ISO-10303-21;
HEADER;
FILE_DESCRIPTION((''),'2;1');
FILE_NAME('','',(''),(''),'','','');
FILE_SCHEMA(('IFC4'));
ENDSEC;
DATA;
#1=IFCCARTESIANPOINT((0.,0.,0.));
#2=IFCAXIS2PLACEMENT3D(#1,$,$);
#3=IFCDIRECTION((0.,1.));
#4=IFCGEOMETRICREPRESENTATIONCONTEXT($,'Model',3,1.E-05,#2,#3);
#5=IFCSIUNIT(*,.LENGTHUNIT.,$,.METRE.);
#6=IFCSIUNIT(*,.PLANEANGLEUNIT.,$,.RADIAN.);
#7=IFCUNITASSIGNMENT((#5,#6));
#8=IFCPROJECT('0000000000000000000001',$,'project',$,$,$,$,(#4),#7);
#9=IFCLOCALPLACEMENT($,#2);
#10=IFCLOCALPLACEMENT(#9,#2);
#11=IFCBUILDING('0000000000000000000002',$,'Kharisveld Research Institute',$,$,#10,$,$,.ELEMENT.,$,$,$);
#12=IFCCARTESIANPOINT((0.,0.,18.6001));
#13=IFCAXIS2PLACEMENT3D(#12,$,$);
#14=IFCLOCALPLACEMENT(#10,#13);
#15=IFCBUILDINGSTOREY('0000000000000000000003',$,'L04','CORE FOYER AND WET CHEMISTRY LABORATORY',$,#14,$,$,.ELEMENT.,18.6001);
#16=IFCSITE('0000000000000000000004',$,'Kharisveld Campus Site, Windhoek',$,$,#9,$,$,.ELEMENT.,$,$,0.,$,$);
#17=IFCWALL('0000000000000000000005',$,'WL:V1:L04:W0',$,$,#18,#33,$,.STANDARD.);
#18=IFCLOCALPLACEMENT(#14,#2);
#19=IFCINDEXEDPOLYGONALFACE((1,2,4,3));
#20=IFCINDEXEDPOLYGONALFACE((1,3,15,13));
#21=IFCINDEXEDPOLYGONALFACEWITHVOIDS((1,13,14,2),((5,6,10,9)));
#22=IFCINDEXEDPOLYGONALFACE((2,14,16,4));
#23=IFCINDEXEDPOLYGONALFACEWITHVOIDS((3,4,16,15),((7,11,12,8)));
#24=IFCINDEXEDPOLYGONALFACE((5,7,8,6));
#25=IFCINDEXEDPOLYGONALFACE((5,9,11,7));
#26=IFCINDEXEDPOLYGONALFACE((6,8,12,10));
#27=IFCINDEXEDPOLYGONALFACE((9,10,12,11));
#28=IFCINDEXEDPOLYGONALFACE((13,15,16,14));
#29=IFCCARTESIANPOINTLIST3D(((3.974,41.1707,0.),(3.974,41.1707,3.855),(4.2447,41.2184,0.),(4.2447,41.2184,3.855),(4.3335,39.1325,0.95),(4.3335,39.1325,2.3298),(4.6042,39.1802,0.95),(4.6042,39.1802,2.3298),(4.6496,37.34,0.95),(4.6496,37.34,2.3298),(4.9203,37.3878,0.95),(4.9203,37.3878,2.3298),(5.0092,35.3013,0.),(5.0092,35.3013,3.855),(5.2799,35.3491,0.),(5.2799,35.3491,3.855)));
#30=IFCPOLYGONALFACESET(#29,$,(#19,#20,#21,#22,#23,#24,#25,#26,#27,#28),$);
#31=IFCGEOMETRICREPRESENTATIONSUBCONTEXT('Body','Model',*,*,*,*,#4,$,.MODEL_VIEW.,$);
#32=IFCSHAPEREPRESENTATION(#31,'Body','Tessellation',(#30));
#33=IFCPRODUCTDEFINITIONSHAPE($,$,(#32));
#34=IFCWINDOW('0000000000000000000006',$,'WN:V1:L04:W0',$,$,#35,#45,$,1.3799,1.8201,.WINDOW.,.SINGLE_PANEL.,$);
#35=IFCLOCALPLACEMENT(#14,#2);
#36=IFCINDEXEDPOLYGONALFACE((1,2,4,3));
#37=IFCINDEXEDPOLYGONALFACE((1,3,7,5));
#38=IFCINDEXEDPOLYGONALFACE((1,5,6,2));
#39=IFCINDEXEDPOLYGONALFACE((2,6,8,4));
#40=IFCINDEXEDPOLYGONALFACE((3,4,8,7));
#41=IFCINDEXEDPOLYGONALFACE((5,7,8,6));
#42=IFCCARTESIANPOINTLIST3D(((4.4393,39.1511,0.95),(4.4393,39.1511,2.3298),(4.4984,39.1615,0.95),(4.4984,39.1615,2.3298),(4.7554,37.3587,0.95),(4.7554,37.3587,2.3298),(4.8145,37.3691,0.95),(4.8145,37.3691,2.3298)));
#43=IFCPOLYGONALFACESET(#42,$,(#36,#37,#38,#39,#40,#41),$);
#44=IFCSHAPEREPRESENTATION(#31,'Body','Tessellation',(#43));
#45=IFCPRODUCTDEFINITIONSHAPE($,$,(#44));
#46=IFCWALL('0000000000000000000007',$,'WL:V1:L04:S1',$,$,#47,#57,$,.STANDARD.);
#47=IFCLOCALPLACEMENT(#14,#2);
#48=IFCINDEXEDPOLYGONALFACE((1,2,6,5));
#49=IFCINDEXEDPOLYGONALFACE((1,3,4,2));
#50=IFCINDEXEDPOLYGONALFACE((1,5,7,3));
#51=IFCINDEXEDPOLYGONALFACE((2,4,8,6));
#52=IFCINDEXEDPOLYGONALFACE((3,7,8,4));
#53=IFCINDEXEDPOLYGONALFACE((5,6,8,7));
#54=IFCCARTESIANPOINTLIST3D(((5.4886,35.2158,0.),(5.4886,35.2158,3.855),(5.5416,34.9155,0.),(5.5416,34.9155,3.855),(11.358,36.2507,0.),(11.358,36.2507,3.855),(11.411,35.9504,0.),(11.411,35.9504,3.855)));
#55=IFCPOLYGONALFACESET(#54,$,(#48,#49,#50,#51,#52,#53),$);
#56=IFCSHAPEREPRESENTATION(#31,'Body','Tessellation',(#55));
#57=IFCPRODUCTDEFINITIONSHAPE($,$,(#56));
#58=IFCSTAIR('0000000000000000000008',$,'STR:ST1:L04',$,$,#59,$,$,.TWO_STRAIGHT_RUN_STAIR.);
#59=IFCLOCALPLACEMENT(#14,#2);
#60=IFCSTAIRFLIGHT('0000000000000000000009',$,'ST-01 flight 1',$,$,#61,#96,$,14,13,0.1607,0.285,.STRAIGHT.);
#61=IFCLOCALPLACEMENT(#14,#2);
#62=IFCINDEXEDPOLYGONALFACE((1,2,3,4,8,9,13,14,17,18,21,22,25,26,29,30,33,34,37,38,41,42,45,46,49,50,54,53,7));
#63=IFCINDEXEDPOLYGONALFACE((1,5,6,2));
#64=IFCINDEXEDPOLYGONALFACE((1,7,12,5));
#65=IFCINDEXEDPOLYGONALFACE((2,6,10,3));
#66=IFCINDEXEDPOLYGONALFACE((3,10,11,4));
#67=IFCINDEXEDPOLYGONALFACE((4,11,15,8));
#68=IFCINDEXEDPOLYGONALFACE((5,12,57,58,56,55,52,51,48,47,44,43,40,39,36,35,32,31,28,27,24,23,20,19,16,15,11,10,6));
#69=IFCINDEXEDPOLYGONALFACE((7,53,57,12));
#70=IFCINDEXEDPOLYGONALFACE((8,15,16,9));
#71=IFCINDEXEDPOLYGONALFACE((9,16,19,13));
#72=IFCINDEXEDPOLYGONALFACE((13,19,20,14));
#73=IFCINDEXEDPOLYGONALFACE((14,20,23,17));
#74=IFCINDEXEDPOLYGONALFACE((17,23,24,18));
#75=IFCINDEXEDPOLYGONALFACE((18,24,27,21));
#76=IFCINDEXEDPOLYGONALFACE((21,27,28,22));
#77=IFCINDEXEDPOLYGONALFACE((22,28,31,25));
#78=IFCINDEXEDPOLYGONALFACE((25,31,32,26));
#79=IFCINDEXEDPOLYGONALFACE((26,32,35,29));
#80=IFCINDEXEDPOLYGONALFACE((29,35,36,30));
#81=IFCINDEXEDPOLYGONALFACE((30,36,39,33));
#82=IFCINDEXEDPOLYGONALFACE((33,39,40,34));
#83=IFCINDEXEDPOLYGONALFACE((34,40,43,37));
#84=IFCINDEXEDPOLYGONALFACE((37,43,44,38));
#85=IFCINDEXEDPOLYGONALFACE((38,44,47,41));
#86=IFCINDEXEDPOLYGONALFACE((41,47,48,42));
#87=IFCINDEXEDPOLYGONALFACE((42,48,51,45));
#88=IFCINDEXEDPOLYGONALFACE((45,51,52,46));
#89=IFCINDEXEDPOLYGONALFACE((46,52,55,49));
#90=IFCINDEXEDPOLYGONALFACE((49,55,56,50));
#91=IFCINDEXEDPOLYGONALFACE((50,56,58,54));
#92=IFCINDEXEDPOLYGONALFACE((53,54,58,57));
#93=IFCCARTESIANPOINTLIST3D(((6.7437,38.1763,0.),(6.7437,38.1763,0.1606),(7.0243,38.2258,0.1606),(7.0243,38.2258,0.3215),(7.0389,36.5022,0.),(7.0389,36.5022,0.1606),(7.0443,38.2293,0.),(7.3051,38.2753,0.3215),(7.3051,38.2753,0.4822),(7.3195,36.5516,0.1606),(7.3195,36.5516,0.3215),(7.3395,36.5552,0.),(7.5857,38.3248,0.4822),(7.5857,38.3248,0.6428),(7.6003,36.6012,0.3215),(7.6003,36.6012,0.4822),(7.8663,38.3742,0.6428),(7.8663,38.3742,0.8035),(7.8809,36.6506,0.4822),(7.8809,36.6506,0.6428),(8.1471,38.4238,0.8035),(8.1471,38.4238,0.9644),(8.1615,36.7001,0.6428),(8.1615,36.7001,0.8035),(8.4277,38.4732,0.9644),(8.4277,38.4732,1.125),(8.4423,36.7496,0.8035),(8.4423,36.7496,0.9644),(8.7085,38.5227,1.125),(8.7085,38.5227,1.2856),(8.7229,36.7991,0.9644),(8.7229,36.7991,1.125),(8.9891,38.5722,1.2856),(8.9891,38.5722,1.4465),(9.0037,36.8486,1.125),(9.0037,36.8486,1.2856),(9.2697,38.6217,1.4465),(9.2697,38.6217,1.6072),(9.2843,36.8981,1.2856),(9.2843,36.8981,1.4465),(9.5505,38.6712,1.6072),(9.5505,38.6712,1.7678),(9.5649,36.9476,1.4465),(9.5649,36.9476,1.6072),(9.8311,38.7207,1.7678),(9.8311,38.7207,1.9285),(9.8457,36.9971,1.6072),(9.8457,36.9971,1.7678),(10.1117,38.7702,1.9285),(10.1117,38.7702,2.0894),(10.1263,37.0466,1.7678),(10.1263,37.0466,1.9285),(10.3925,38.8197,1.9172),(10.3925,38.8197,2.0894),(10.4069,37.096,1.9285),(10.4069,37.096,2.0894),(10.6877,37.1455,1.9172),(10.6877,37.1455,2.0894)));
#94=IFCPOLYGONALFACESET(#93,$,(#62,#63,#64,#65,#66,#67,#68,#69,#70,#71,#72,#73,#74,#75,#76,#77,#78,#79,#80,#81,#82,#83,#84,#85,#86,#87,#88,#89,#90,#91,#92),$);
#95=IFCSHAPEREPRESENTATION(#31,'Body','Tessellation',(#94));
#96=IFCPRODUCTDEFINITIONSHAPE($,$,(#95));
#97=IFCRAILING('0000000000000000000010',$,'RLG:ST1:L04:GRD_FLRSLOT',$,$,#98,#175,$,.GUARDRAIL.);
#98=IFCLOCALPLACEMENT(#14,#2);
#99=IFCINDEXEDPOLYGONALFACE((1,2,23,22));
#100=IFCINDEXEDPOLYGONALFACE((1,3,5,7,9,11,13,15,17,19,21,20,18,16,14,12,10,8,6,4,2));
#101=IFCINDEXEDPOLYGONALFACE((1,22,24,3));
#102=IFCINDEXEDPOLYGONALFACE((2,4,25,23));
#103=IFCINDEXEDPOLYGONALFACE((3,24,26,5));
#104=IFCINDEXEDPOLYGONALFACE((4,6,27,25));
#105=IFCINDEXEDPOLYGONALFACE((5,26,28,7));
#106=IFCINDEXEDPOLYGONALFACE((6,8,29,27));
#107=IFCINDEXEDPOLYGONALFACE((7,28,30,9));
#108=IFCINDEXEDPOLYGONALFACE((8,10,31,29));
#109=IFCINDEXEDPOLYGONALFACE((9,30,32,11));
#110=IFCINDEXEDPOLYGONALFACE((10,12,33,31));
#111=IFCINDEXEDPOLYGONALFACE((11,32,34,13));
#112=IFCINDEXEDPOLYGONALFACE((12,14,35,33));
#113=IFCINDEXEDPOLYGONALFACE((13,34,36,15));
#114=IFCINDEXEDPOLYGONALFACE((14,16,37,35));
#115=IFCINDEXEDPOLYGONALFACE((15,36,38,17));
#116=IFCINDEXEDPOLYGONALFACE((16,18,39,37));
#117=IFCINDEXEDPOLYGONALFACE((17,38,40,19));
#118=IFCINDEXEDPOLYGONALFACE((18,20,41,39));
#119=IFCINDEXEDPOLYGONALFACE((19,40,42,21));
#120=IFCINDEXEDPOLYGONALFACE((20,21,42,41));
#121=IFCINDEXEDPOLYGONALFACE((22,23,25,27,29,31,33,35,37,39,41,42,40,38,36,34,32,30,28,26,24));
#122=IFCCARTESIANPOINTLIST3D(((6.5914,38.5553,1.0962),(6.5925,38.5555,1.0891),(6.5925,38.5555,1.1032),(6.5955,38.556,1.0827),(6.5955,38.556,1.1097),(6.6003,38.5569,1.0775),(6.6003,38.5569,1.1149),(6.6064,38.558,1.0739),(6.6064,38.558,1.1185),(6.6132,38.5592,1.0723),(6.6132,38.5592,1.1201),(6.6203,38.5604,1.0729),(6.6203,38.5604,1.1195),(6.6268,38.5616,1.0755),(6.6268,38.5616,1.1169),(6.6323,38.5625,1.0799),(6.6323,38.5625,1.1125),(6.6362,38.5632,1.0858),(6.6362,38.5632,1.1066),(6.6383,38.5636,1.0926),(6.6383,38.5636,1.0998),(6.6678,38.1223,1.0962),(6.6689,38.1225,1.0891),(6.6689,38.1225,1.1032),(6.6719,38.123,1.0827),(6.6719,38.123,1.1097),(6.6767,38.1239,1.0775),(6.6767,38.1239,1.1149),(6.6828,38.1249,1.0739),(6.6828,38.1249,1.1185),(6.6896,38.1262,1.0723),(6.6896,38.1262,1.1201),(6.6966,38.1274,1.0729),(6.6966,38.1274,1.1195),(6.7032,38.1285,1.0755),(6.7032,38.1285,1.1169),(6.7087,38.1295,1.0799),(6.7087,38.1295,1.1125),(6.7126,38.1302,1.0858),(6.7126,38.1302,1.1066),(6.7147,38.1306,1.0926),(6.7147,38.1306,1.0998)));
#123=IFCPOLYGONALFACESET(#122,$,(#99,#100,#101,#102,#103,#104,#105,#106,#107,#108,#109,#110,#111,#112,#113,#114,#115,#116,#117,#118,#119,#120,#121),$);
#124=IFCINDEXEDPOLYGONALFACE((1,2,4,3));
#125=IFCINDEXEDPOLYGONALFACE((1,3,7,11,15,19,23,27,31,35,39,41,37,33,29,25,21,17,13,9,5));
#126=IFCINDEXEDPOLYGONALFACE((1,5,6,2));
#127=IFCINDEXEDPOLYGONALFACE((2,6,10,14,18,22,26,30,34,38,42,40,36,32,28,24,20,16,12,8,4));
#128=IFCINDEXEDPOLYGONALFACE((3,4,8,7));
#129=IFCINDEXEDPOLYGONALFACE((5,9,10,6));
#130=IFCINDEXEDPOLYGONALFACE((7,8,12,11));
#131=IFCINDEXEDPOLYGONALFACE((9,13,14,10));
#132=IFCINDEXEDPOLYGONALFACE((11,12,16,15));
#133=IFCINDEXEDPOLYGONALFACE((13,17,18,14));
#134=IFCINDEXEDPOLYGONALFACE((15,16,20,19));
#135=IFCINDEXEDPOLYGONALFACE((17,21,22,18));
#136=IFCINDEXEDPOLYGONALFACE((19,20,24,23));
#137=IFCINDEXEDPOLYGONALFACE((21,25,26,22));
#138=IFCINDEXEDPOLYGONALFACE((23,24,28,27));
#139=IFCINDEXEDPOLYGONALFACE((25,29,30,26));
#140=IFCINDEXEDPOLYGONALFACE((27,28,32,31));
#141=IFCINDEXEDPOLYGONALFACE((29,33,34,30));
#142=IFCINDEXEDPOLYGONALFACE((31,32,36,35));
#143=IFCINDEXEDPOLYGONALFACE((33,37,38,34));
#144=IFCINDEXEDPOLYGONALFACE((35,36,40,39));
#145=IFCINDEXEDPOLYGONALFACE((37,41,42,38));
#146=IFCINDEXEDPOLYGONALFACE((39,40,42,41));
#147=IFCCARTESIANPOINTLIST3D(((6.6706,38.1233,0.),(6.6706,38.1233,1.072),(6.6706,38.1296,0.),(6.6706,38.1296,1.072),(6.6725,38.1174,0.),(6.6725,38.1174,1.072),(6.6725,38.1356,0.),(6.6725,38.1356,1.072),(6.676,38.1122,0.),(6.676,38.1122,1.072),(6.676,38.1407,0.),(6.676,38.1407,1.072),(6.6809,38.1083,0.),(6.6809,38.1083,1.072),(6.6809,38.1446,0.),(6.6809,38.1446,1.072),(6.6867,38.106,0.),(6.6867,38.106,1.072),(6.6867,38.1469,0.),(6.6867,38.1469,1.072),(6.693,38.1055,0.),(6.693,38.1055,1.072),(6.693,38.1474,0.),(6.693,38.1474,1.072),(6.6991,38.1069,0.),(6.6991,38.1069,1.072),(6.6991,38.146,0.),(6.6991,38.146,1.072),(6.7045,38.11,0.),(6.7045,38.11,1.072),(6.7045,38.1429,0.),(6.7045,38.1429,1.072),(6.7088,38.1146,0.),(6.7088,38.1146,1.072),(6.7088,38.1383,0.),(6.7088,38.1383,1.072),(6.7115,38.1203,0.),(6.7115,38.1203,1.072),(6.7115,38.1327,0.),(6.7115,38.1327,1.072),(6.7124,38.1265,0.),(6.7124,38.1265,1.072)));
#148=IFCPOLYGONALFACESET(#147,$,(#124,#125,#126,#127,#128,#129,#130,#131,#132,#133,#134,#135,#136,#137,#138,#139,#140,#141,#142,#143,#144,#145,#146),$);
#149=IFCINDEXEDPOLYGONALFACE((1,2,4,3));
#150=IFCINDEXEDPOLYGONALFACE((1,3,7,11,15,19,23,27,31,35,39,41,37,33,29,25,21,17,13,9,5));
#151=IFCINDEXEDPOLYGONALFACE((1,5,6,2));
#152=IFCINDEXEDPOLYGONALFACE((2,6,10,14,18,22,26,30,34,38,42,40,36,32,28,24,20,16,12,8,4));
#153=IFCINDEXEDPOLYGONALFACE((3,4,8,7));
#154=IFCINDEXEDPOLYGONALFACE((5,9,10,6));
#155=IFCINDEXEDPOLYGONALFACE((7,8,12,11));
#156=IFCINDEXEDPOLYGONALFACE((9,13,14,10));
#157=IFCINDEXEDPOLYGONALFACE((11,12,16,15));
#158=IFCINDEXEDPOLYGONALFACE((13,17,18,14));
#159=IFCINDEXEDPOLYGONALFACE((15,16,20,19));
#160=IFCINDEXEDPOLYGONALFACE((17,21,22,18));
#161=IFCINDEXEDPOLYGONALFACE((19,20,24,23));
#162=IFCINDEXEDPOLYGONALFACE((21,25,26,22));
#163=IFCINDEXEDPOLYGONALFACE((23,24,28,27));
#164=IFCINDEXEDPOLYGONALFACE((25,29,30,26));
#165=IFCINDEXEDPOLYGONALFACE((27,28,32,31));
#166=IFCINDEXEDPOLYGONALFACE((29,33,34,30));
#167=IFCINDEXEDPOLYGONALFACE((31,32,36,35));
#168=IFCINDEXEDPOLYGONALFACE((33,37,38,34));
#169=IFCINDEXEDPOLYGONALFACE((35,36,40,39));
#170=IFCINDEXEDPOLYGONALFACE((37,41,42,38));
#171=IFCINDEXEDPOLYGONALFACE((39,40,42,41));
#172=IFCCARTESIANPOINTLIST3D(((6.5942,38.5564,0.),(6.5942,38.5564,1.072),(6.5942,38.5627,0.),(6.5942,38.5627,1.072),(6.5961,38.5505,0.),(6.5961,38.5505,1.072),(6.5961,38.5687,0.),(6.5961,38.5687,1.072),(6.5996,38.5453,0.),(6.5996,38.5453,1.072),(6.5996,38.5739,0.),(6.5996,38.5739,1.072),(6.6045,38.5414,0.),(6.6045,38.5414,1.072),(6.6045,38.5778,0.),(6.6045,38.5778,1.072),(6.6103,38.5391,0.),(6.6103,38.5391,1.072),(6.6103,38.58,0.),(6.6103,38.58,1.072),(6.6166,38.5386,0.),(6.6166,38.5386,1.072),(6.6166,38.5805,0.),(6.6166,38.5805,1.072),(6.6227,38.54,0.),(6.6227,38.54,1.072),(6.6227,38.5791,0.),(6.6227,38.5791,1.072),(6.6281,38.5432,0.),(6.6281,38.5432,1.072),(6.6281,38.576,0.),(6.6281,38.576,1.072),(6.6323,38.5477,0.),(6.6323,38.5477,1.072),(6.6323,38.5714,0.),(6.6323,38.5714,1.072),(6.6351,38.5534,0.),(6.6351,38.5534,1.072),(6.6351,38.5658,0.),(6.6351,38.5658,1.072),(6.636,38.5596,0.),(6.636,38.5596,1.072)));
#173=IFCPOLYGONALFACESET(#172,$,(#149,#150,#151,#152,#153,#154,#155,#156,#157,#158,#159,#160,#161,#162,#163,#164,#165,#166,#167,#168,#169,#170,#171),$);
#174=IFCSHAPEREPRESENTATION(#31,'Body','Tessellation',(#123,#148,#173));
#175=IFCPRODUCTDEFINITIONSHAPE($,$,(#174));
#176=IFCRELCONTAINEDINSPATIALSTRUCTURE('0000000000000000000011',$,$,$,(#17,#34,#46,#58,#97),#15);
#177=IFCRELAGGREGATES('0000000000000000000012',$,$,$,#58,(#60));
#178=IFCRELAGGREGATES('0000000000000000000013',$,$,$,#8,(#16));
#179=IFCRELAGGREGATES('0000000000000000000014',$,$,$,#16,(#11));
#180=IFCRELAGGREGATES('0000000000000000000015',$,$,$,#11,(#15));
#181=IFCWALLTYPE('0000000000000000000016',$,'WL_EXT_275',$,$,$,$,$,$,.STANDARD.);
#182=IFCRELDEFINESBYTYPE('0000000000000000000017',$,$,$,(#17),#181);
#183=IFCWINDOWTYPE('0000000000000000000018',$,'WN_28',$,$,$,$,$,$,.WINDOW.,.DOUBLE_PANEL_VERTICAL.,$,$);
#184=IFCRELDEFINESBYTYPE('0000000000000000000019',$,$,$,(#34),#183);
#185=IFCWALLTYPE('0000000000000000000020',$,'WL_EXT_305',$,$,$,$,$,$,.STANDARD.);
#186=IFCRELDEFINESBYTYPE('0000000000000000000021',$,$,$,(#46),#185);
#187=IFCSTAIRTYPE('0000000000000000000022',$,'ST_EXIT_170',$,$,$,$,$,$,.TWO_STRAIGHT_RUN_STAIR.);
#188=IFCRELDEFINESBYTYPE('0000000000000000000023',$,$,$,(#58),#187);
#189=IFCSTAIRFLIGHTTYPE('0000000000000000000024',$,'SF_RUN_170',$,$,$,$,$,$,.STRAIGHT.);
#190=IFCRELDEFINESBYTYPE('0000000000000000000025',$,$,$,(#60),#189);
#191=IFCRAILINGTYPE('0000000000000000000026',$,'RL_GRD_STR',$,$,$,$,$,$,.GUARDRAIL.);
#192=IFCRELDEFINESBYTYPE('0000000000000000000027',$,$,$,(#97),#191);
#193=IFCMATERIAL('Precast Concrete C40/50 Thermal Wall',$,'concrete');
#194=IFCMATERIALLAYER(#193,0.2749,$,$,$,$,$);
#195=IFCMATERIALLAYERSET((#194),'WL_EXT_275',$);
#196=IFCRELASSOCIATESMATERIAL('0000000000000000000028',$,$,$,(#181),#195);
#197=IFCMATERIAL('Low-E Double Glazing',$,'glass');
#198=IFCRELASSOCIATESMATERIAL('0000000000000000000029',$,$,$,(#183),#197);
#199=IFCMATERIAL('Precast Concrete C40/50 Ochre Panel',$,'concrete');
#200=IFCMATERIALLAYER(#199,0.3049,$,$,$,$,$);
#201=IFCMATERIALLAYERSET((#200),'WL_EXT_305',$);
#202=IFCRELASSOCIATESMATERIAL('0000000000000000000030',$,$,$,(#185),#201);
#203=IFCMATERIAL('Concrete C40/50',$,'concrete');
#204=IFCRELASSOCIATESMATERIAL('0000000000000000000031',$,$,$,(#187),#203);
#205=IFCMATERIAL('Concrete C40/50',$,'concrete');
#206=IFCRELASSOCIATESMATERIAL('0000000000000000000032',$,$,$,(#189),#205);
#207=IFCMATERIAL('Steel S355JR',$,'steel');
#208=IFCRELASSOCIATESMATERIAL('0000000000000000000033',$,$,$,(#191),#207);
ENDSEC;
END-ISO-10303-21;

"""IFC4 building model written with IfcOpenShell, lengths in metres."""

from ifc_helpers import new_model, si_unit, direction, frame, frame_2d, origin, origin_2d, place, context, subcontext, project, spatial, polyline, rectangle, circle, outline, extrude, material, layer, layer_set, type_object, element, fill, aggregate, save


model = new_model("IFC4")

# Units and contexts
model_context = context("Model", 3, precision=1e-05, world=origin(), true_north=direction((0.0, 1.0)))
body_context = subcontext(model_context, "Body", "Model", "MODEL_VIEW")
ifc_project = project(units=[si_unit("LENGTHUNIT", "METRE"), si_unit("PLANEANGLEUNIT", "RADIAN")], contexts=[model_context])

# Site, building, storey
site_placement = place(None, origin())
site = spatial("IfcSite", under=ifc_project, at=site_placement, Name="Kharisveld Campus Site, Windhoek", CompositionType="ELEMENT", RefElevation=0.0)
building_placement = place(site_placement, origin())
building = spatial("IfcBuilding", under=site, at=building_placement, Name="Kharisveld Research Institute", CompositionType="ELEMENT")
storey_placement = place(building_placement, frame((0.0, 0.0, 18.6001)))
storey = spatial("IfcBuildingStorey", under=building, at=storey_placement, Name="L04", Description="CORE FOYER AND WET CHEMISTRY LABORATORY", CompositionType="ELEMENT", Elevation=18.6001)

# Wall, opening, window
ifc_material_1 = material(Name="Precast Concrete C40/50 Thermal Wall", Category="concrete")
ifc_layer_1 = layer(ifc_material_1, 0.2749)
ifc_layer_set_1 = layer_set([ifc_layer_1], Name="WL_EXT_275")
wall_type_1 = type_object("IfcWallType", Name="WL_EXT_275", PredefinedType="STANDARD", material=ifc_layer_set_1)
wall_1_placement = place(storey_placement, frame((5.1445, 35.3252, 0.0), z_axis=(0.0, 0.0, 1.0), x_axis=(-0.173685, 0.984801, 0.0)))
wall_1 = element("IfcWall", 1, at=wall_1_placement, inside=storey, type_object=wall_type_1, Name="WL:V1:L04:W0", PredefinedType="STANDARD", context=body_context, shape_type="SweptSolid", body=[
    extrude(rectangle(XDim=5.96, YDim=0.2749, at=frame_2d((2.98, 0.0))), origin(), (0.0, 0.0, 1.0), 3.855),
])
opening_placement = place(wall_1_placement, frame((2.0701, 0.0, 0.95)))
opening = element("IfcOpeningElement", 2, at=opening_placement, cuts=wall_1, PredefinedType="OPENING", context=body_context, shape_type="SweptSolid", body=[
    extrude(rectangle(XDim=1.8201, YDim=1.3799, at=frame_2d((0.9102, 0.6899))), frame((0.0, 0.1375, 0.0), z_axis=(0.0, -1.0, 0.0), x_axis=(1.0, 0.0, 0.0)), (0.0, 0.0, 1.0), 0.2749),
])
ifc_material_2 = material(Name="Low-E Double Glazing", Category="glass")
window_type = type_object("IfcWindowType", Name="WN_28", PartitioningType="DOUBLE_PANEL_VERTICAL", PredefinedType="WINDOW", material=ifc_material_2)
window_placement = place(opening_placement, origin())
window = element("IfcWindow", 3, at=window_placement, inside=storey, type_object=window_type, Name="WN:V1:L04:W0", OverallHeight=1.3799, OverallWidth=1.8201, PartitioningType="SINGLE_PANEL", PredefinedType="WINDOW", context=body_context, shape_type="SweptSolid", body=[
    extrude(rectangle(XDim=1.8201, YDim=1.3799, at=frame_2d((0.9102, 0.6899))), frame((0.0, 0.03, 0.0), z_axis=(0.0, -1.0, 0.0), x_axis=(1.0, 0.0, 0.0)), (0.0, 0.0, 1.0), 0.0601),
])
fill(opening, window)

# Wall
ifc_material_3 = material(Name="Precast Concrete C40/50 Ochre Panel", Category="concrete")
ifc_layer_2 = layer(ifc_material_3, 0.3049)
ifc_layer_set_2 = layer_set([ifc_layer_2], Name="WL_EXT_305")
wall_type_2 = type_object("IfcWallType", Name="WL_EXT_305", PredefinedType="STANDARD", material=ifc_layer_set_2)
wall_2_placement = place(storey_placement, frame((11.3845, 36.1006, 0.0), z_axis=(0.0, 0.0, 1.0), x_axis=(-0.984808, -0.173645, 0.0)))
element("IfcWall", 4, at=wall_2_placement, inside=storey, type_object=wall_type_2, Name="WL:V1:L04:S1", PredefinedType="STANDARD", context=body_context, shape_type="SweptSolid", body=[
    extrude(rectangle(XDim=5.96, YDim=0.3049, at=frame_2d((2.98, 0.0))), origin(), (0.0, 0.0, 1.0), 3.855),
])

# Stair, stair flight
ifc_material_4 = material(Name="Concrete C40/50", Category="concrete")
stair_type = type_object("IfcStairType", Name="ST_EXIT_170", PredefinedType="TWO_STRAIGHT_RUN_STAIR", material=ifc_material_4)
stair_placement = place(storey_placement, origin())
stair = element("IfcStair", 5, at=stair_placement, inside=storey, type_object=stair_type, Name="STR:ST1:L04", PredefinedType="TWO_STRAIGHT_RUN_STAIR")
ifc_material_5 = material(Name="Concrete C40/50", Category="concrete")
stair_flight_type = type_object("IfcStairFlightType", Name="SF_RUN_170", PredefinedType="STRAIGHT", material=ifc_material_5)
stair_flight_placement = place(storey_placement, frame((6.8914, 37.3391, 0.0), z_axis=(0.0, 0.0, 1.0), x_axis=(0.984808, 0.173648, 0.0)))
stair_flight = element("IfcStairFlight", 6, at=stair_flight_placement, type_object=stair_flight_type, Name="ST-01 flight 1", NumberOfRisers=14, NumberOfTreads=13, PredefinedType="STRAIGHT", RiserHeight=0.1607, TreadLength=0.285, context=body_context, shape_type="SweptSolid", body=[
    extrude(outline(polyline([(0.0, 0.0), (0.0, 0.1606), (0.2849, 0.1606), (0.2849, 0.3215), (0.5701, 0.3215), (0.5701, 0.4822), (0.855, 0.4822), (0.855, 0.6428), (1.1399, 0.6428), (1.1399, 0.8035), (1.425, 0.8035), (1.425, 0.9644), (1.71, 0.9644), (1.71, 1.125), (1.9951, 1.125), (1.9951, 1.2856), (2.28, 1.2856), (2.28, 1.4465), (2.5649, 1.4465), (2.5649, 1.6072), (2.8501, 1.6072), (2.8501, 1.7678), (3.135, 1.7678), (3.135, 1.9285), (3.4199, 1.9285), (3.4199, 2.0894), (3.7051, 2.0894), (3.7051, 2.25), (3.7051, 1.9172), (0.3052, 0.0), (0.0, 0.0)])), frame((0.0, 0.8501, 0.0), z_axis=(0.0, -1.0, 0.0), x_axis=(1.0, 0.0, 0.0)), (0.0, 0.0, 1.0), 1.7),
])
aggregate(stair, [stair_flight])

# Railing
ifc_material_6 = material(Name="Steel S355JR", Category="steel")
railing_type_1 = type_object("IfcRailingType", Name="RL_GRD_STR", PredefinedType="GUARDRAIL", material=ifc_material_6)
railing_1_placement = place(storey_placement, frame((6.6914, 38.1265, 0.0)))
element("IfcRailing", 7, at=railing_1_placement, inside=storey, type_object=railing_type_1, Name="RLG:ST1:L04:GRD_FLRSLOT", PredefinedType="GUARDRAIL", context=body_context, shape_type="SweptSolid", body=[
    extrude(circle(Radius=0.0239, at=origin_2d()), frame((0.0, 0.0, 1.0962), z_axis=(-0.173754, 0.984789, 0.0), x_axis=(-0.984789, -0.173754, 0.0)), (0.0, 0.0, 1.0), 0.4397),
    extrude(circle(Radius=0.021, at=origin_2d()), origin(), (0.0, 0.0, 1.0), 1.072),
    extrude(circle(Radius=0.021, at=origin_2d()), frame((-0.0764, 0.4331, 0.0)), (0.0, 0.0, 1.0), 1.072),
])

save(model, "model.ifc")
